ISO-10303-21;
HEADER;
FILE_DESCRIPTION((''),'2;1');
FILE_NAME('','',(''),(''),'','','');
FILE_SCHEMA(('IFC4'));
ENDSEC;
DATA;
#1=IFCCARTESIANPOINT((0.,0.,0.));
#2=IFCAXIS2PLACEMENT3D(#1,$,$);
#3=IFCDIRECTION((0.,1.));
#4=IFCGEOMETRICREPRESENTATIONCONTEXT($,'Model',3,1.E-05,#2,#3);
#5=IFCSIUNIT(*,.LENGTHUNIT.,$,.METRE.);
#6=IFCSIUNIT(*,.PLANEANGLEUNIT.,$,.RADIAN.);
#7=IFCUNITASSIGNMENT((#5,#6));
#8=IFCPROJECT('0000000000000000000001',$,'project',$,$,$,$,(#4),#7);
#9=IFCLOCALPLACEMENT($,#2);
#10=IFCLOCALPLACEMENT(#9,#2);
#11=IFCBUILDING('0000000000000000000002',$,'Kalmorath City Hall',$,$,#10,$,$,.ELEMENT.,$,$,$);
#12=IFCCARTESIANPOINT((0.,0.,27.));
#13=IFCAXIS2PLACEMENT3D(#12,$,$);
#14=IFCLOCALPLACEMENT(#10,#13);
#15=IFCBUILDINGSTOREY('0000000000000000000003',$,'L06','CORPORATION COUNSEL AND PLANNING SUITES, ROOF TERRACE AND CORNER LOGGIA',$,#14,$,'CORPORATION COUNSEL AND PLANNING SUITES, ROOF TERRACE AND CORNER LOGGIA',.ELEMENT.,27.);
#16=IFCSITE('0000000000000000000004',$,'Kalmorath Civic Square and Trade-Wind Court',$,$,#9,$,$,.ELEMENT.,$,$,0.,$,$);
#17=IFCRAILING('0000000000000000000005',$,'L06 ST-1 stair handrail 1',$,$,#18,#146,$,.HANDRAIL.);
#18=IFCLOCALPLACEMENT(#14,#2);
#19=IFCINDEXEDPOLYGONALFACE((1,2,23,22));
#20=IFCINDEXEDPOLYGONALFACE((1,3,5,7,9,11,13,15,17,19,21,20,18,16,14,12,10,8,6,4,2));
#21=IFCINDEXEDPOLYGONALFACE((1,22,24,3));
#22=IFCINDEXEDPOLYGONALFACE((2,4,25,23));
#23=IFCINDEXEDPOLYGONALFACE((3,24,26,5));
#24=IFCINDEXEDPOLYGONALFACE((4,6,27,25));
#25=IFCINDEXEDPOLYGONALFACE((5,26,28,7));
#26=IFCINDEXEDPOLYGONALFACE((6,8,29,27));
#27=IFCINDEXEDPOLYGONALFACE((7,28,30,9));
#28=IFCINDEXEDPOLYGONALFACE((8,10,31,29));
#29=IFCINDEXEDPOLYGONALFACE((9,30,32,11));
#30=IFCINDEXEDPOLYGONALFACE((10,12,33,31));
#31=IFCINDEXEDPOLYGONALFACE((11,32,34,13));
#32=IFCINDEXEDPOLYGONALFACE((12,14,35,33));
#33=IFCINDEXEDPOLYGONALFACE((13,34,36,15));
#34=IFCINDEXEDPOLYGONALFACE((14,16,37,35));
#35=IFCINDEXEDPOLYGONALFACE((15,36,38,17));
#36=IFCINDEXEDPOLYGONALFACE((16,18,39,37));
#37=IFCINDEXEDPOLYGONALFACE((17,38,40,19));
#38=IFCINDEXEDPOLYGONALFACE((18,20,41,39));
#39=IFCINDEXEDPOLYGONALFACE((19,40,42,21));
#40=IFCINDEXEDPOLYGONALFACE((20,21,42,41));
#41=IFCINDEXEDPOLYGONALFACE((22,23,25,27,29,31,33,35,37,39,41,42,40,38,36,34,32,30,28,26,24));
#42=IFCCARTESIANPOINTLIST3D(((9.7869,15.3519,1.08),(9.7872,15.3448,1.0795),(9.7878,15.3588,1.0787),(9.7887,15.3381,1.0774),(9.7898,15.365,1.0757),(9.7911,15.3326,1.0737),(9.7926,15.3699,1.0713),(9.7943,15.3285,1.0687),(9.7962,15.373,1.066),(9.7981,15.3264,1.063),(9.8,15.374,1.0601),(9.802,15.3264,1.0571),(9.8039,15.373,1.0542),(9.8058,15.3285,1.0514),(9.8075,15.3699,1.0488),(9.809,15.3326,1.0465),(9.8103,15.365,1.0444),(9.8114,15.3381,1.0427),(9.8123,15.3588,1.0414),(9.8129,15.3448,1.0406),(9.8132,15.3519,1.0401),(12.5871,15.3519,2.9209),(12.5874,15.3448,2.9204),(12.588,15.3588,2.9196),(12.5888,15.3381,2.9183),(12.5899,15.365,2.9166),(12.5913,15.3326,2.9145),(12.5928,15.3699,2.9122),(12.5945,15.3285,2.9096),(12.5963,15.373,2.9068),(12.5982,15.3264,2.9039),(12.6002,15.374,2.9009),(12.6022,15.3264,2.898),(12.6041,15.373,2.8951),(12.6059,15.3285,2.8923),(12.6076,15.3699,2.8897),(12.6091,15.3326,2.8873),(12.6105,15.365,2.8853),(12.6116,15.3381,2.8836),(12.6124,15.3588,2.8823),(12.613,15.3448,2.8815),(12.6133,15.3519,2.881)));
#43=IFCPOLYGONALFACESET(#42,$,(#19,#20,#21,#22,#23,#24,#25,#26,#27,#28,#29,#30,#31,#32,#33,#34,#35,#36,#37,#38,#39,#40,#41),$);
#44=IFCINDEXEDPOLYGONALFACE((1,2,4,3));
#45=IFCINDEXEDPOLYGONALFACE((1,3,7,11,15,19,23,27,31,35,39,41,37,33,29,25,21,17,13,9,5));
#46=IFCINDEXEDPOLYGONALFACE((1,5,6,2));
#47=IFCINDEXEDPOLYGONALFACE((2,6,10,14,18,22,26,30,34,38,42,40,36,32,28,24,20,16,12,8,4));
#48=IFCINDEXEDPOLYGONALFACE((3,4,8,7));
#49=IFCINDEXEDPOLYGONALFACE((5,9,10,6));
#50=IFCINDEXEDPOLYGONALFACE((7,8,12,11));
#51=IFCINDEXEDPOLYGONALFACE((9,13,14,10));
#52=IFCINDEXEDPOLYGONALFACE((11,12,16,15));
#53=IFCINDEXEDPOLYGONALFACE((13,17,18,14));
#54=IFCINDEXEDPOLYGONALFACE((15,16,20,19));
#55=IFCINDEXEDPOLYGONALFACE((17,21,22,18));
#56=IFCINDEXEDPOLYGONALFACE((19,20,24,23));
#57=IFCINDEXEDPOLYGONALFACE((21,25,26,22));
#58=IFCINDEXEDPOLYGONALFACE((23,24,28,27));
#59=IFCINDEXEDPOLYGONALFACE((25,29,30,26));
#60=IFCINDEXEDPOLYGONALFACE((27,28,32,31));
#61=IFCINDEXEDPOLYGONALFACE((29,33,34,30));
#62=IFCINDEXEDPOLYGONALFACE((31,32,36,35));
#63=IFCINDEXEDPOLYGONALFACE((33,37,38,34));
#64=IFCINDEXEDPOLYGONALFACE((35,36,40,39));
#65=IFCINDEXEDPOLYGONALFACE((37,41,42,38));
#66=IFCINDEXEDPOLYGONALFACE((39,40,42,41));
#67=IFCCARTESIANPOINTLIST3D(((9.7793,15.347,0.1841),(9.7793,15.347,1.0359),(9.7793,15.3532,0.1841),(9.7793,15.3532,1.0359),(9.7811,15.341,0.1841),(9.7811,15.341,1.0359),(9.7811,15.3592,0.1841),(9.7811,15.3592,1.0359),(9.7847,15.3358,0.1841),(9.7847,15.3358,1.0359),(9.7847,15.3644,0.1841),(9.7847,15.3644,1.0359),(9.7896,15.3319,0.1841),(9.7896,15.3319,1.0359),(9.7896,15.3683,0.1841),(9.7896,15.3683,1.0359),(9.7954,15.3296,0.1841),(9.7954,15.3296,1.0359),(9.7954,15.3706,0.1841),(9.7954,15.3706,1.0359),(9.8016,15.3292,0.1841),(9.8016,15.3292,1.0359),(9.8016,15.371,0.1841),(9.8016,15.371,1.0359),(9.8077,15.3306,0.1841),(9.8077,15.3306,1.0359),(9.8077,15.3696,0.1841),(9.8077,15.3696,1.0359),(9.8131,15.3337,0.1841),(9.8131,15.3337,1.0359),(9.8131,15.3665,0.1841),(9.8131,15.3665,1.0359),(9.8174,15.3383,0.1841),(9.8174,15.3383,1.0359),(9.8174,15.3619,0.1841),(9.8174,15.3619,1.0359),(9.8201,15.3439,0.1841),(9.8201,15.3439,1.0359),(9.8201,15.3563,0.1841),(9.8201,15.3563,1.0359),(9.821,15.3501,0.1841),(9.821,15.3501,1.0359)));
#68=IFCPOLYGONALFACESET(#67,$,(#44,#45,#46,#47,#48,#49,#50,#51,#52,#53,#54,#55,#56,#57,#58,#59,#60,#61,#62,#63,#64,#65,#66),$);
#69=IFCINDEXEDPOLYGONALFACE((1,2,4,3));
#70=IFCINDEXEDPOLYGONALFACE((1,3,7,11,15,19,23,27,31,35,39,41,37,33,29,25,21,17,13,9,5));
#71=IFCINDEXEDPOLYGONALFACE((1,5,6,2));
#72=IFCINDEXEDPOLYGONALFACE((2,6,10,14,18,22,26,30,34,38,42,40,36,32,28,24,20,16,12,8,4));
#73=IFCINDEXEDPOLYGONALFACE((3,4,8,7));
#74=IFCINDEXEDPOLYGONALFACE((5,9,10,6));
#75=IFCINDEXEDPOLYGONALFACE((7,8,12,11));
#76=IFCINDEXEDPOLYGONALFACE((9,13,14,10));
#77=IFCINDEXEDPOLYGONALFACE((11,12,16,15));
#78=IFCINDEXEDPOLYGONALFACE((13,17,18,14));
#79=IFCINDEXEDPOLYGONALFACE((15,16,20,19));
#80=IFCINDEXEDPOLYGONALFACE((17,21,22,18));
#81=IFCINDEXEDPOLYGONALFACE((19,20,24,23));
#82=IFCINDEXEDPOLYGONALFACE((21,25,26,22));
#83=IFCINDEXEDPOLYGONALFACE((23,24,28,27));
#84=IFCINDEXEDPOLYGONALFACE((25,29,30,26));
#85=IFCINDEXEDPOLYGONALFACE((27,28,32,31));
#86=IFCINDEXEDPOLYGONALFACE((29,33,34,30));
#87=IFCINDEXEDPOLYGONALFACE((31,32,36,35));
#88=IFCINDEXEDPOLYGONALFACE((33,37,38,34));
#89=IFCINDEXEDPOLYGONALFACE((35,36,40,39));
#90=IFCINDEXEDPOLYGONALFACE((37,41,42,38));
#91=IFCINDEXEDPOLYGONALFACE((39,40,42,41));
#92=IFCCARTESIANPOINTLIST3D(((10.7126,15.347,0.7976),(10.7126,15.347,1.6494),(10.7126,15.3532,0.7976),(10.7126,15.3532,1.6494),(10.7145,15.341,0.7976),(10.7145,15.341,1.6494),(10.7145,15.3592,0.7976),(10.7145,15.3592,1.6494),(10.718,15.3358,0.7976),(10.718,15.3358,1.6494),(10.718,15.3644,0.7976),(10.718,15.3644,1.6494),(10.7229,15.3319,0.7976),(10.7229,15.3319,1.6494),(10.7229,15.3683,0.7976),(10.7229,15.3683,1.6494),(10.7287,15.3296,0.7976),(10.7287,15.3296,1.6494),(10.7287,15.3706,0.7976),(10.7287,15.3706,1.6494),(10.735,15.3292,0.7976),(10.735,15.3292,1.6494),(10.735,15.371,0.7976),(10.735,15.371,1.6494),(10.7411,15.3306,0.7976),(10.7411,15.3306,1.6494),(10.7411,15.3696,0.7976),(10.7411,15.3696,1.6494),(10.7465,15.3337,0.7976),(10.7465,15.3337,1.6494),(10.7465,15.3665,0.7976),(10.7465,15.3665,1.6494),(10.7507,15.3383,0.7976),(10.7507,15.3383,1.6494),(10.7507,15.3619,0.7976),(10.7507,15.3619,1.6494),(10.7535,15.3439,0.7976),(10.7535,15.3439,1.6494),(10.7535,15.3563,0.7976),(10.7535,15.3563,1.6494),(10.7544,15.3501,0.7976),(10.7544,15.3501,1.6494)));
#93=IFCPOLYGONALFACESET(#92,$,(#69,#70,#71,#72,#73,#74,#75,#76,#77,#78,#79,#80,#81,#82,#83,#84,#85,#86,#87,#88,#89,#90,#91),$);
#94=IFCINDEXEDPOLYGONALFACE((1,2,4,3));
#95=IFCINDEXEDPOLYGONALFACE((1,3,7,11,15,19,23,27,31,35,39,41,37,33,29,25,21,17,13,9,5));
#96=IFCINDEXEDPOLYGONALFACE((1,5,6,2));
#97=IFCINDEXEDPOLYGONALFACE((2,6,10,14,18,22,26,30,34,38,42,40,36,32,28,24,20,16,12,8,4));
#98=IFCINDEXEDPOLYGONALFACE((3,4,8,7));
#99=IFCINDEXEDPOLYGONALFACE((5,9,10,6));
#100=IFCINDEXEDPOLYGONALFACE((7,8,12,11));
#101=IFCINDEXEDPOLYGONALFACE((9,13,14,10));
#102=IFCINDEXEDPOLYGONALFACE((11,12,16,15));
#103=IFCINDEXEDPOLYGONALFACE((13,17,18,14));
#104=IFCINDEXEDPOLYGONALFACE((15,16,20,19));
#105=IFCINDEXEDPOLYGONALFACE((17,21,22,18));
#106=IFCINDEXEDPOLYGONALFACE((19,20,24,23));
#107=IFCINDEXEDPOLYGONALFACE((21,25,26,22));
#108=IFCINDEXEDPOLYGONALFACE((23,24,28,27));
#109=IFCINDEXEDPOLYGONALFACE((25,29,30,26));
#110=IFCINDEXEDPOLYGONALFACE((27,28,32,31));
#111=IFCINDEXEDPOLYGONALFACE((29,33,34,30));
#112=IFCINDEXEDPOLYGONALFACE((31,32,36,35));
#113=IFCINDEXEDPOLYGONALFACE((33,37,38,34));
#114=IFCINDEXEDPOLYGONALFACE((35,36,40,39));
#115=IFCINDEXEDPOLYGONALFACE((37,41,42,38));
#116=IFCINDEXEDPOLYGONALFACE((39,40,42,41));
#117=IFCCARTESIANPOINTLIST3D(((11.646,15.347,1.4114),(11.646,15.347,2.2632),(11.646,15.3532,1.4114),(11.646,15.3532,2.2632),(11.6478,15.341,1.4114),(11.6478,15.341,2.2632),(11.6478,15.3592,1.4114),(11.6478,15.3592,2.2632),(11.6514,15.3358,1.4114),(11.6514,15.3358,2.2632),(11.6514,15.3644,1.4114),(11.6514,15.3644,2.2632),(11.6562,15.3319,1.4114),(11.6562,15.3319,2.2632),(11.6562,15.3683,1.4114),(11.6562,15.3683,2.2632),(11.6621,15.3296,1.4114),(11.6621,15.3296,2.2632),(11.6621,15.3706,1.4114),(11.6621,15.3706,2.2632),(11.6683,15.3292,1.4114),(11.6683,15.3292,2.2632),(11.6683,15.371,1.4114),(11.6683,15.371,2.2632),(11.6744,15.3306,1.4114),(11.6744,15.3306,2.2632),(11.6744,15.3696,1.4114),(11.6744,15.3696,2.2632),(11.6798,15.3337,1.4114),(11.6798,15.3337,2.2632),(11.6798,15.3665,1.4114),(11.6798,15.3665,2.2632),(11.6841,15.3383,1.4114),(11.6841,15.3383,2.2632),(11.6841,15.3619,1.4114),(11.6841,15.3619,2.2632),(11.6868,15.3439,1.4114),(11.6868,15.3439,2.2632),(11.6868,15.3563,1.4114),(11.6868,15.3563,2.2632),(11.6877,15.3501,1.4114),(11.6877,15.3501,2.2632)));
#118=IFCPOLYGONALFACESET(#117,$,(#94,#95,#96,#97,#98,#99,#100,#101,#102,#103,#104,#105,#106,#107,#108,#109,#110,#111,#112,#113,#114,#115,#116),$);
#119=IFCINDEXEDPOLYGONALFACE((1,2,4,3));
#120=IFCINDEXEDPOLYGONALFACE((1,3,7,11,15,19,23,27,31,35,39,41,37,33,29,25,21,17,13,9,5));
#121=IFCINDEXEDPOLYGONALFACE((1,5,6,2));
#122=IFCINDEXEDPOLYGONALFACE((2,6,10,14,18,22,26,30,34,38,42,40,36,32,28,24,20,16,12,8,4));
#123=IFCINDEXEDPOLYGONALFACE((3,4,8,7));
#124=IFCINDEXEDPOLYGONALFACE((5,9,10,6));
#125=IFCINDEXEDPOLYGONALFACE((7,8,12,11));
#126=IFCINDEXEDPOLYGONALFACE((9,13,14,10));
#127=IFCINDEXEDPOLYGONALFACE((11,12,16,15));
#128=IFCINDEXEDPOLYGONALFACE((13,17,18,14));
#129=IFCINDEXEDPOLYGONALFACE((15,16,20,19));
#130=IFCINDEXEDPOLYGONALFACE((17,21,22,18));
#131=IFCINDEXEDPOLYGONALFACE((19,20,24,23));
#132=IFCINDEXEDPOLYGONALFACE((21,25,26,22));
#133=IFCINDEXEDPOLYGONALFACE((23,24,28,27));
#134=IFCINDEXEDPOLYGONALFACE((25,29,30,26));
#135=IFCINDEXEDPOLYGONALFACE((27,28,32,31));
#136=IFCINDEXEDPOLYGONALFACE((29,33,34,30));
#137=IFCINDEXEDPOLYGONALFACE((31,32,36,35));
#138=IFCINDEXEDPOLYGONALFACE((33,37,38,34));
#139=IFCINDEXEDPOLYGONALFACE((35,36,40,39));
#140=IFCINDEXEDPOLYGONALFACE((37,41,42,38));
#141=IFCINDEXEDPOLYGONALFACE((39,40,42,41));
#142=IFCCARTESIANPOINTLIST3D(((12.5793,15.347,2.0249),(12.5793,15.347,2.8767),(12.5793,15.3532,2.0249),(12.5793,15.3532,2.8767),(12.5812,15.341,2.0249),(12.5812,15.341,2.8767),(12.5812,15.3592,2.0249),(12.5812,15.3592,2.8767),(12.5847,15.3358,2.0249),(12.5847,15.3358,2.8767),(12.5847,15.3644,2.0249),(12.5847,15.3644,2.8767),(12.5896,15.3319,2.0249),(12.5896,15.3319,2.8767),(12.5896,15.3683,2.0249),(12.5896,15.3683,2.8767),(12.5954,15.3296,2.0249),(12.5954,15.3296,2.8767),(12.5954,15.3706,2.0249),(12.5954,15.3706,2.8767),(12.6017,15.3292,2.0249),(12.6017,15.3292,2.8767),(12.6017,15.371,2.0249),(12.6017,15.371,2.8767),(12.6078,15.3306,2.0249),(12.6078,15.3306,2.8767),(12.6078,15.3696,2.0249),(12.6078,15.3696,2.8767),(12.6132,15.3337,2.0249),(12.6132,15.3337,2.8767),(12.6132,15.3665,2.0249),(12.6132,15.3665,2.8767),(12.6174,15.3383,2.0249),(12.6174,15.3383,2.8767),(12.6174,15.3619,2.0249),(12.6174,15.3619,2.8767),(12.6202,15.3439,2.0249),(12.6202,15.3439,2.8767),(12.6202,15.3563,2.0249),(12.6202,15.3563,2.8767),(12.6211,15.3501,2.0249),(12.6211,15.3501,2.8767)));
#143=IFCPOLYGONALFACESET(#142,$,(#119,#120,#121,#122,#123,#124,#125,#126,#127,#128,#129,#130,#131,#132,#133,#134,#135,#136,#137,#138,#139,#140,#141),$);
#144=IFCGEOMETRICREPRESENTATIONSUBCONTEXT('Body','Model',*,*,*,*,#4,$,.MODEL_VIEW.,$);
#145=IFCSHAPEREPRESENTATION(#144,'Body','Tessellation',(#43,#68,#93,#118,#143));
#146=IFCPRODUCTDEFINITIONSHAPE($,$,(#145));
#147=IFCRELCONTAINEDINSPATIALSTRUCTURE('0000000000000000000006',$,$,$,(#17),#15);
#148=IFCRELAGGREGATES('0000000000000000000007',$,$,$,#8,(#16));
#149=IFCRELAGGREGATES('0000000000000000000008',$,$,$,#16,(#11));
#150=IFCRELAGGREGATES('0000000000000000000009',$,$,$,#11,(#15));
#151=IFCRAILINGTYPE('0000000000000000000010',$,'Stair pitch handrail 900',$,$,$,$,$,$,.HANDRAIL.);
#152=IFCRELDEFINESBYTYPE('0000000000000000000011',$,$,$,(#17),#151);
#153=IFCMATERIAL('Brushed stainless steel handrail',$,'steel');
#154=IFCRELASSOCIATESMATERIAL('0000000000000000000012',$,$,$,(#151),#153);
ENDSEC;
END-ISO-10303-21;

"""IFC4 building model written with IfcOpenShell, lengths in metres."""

from ifc_helpers import new_model, si_unit, direction, frame, origin, origin_2d, place, context, subcontext, project, spatial, circle, extrude, material, type_object, element, save


model = new_model("IFC4")

# Units and contexts
model_context = context("Model", 3, precision=1e-05, world=origin(), true_north=direction((0.0, 1.0)))
body_context = subcontext(model_context, "Body", "Model", "MODEL_VIEW")
ifc_project = project(units=[si_unit("LENGTHUNIT", "METRE"), si_unit("PLANEANGLEUNIT", "RADIAN")], contexts=[model_context])

# Site, building, storey
site_placement = place(None, origin())
site = spatial("IfcSite", under=ifc_project, at=site_placement, Name="Kalmorath Civic Square and Trade-Wind Court", CompositionType="ELEMENT", RefElevation=0.0)
building_placement = place(site_placement, origin())
building = spatial("IfcBuilding", under=site, at=building_placement, Name="Kalmorath City Hall", CompositionType="ELEMENT")
storey_placement = place(building_placement, frame((0.0, 0.0, 27.0)))
storey = spatial("IfcBuildingStorey", under=building, at=storey_placement, Name="L06", Description="CORPORATION COUNSEL AND PLANNING SUITES, ROOF TERRACE AND CORNER LOGGIA", LongName="CORPORATION COUNSEL AND PLANNING SUITES, ROOF TERRACE AND CORNER LOGGIA", CompositionType="ELEMENT", Elevation=27.0)

# Railing
ifc_material_1 = material(Name="Brushed stainless steel handrail", Category="steel")
railing_type_1 = type_object("IfcRailingType", Name="Stair pitch handrail 900", PredefinedType="HANDRAIL", material=ifc_material_1)
railing_1_placement = place(storey_placement, frame((9.8, 15.3501, 0.1841)))
element("IfcRailing", 1, at=railing_1_placement, inside=storey, type_object=railing_type_1, Name="L06 ST-1 stair handrail 1", PredefinedType="HANDRAIL", context=body_context, shape_type="SweptSolid", body=[
    extrude(circle(Radius=0.0239, at=origin_2d()), frame((0.0, 0.0, 0.876), z_axis=(0.835598, 0.0, 0.549342), x_axis=(0.0, 1.0, 0.0)), (0.0, 0.0, 1.0), 3.3511),
    extrude(circle(Radius=0.021, at=origin_2d()), origin(), (0.0, 0.0, 1.0), 0.8518),
    extrude(circle(Radius=0.021, at=origin_2d()), frame((0.9333, 0.0, 0.6135)), (0.0, 0.0, 1.0), 0.8518),
    extrude(circle(Radius=0.021, at=origin_2d()), frame((1.8667, 0.0, 1.2273)), (0.0, 0.0, 1.0), 0.8518),
    extrude(circle(Radius=0.021, at=origin_2d()), frame((2.8, 0.0, 1.8408)), (0.0, 0.0, 1.0), 0.8518),
])

save(model, "model.ifc")
